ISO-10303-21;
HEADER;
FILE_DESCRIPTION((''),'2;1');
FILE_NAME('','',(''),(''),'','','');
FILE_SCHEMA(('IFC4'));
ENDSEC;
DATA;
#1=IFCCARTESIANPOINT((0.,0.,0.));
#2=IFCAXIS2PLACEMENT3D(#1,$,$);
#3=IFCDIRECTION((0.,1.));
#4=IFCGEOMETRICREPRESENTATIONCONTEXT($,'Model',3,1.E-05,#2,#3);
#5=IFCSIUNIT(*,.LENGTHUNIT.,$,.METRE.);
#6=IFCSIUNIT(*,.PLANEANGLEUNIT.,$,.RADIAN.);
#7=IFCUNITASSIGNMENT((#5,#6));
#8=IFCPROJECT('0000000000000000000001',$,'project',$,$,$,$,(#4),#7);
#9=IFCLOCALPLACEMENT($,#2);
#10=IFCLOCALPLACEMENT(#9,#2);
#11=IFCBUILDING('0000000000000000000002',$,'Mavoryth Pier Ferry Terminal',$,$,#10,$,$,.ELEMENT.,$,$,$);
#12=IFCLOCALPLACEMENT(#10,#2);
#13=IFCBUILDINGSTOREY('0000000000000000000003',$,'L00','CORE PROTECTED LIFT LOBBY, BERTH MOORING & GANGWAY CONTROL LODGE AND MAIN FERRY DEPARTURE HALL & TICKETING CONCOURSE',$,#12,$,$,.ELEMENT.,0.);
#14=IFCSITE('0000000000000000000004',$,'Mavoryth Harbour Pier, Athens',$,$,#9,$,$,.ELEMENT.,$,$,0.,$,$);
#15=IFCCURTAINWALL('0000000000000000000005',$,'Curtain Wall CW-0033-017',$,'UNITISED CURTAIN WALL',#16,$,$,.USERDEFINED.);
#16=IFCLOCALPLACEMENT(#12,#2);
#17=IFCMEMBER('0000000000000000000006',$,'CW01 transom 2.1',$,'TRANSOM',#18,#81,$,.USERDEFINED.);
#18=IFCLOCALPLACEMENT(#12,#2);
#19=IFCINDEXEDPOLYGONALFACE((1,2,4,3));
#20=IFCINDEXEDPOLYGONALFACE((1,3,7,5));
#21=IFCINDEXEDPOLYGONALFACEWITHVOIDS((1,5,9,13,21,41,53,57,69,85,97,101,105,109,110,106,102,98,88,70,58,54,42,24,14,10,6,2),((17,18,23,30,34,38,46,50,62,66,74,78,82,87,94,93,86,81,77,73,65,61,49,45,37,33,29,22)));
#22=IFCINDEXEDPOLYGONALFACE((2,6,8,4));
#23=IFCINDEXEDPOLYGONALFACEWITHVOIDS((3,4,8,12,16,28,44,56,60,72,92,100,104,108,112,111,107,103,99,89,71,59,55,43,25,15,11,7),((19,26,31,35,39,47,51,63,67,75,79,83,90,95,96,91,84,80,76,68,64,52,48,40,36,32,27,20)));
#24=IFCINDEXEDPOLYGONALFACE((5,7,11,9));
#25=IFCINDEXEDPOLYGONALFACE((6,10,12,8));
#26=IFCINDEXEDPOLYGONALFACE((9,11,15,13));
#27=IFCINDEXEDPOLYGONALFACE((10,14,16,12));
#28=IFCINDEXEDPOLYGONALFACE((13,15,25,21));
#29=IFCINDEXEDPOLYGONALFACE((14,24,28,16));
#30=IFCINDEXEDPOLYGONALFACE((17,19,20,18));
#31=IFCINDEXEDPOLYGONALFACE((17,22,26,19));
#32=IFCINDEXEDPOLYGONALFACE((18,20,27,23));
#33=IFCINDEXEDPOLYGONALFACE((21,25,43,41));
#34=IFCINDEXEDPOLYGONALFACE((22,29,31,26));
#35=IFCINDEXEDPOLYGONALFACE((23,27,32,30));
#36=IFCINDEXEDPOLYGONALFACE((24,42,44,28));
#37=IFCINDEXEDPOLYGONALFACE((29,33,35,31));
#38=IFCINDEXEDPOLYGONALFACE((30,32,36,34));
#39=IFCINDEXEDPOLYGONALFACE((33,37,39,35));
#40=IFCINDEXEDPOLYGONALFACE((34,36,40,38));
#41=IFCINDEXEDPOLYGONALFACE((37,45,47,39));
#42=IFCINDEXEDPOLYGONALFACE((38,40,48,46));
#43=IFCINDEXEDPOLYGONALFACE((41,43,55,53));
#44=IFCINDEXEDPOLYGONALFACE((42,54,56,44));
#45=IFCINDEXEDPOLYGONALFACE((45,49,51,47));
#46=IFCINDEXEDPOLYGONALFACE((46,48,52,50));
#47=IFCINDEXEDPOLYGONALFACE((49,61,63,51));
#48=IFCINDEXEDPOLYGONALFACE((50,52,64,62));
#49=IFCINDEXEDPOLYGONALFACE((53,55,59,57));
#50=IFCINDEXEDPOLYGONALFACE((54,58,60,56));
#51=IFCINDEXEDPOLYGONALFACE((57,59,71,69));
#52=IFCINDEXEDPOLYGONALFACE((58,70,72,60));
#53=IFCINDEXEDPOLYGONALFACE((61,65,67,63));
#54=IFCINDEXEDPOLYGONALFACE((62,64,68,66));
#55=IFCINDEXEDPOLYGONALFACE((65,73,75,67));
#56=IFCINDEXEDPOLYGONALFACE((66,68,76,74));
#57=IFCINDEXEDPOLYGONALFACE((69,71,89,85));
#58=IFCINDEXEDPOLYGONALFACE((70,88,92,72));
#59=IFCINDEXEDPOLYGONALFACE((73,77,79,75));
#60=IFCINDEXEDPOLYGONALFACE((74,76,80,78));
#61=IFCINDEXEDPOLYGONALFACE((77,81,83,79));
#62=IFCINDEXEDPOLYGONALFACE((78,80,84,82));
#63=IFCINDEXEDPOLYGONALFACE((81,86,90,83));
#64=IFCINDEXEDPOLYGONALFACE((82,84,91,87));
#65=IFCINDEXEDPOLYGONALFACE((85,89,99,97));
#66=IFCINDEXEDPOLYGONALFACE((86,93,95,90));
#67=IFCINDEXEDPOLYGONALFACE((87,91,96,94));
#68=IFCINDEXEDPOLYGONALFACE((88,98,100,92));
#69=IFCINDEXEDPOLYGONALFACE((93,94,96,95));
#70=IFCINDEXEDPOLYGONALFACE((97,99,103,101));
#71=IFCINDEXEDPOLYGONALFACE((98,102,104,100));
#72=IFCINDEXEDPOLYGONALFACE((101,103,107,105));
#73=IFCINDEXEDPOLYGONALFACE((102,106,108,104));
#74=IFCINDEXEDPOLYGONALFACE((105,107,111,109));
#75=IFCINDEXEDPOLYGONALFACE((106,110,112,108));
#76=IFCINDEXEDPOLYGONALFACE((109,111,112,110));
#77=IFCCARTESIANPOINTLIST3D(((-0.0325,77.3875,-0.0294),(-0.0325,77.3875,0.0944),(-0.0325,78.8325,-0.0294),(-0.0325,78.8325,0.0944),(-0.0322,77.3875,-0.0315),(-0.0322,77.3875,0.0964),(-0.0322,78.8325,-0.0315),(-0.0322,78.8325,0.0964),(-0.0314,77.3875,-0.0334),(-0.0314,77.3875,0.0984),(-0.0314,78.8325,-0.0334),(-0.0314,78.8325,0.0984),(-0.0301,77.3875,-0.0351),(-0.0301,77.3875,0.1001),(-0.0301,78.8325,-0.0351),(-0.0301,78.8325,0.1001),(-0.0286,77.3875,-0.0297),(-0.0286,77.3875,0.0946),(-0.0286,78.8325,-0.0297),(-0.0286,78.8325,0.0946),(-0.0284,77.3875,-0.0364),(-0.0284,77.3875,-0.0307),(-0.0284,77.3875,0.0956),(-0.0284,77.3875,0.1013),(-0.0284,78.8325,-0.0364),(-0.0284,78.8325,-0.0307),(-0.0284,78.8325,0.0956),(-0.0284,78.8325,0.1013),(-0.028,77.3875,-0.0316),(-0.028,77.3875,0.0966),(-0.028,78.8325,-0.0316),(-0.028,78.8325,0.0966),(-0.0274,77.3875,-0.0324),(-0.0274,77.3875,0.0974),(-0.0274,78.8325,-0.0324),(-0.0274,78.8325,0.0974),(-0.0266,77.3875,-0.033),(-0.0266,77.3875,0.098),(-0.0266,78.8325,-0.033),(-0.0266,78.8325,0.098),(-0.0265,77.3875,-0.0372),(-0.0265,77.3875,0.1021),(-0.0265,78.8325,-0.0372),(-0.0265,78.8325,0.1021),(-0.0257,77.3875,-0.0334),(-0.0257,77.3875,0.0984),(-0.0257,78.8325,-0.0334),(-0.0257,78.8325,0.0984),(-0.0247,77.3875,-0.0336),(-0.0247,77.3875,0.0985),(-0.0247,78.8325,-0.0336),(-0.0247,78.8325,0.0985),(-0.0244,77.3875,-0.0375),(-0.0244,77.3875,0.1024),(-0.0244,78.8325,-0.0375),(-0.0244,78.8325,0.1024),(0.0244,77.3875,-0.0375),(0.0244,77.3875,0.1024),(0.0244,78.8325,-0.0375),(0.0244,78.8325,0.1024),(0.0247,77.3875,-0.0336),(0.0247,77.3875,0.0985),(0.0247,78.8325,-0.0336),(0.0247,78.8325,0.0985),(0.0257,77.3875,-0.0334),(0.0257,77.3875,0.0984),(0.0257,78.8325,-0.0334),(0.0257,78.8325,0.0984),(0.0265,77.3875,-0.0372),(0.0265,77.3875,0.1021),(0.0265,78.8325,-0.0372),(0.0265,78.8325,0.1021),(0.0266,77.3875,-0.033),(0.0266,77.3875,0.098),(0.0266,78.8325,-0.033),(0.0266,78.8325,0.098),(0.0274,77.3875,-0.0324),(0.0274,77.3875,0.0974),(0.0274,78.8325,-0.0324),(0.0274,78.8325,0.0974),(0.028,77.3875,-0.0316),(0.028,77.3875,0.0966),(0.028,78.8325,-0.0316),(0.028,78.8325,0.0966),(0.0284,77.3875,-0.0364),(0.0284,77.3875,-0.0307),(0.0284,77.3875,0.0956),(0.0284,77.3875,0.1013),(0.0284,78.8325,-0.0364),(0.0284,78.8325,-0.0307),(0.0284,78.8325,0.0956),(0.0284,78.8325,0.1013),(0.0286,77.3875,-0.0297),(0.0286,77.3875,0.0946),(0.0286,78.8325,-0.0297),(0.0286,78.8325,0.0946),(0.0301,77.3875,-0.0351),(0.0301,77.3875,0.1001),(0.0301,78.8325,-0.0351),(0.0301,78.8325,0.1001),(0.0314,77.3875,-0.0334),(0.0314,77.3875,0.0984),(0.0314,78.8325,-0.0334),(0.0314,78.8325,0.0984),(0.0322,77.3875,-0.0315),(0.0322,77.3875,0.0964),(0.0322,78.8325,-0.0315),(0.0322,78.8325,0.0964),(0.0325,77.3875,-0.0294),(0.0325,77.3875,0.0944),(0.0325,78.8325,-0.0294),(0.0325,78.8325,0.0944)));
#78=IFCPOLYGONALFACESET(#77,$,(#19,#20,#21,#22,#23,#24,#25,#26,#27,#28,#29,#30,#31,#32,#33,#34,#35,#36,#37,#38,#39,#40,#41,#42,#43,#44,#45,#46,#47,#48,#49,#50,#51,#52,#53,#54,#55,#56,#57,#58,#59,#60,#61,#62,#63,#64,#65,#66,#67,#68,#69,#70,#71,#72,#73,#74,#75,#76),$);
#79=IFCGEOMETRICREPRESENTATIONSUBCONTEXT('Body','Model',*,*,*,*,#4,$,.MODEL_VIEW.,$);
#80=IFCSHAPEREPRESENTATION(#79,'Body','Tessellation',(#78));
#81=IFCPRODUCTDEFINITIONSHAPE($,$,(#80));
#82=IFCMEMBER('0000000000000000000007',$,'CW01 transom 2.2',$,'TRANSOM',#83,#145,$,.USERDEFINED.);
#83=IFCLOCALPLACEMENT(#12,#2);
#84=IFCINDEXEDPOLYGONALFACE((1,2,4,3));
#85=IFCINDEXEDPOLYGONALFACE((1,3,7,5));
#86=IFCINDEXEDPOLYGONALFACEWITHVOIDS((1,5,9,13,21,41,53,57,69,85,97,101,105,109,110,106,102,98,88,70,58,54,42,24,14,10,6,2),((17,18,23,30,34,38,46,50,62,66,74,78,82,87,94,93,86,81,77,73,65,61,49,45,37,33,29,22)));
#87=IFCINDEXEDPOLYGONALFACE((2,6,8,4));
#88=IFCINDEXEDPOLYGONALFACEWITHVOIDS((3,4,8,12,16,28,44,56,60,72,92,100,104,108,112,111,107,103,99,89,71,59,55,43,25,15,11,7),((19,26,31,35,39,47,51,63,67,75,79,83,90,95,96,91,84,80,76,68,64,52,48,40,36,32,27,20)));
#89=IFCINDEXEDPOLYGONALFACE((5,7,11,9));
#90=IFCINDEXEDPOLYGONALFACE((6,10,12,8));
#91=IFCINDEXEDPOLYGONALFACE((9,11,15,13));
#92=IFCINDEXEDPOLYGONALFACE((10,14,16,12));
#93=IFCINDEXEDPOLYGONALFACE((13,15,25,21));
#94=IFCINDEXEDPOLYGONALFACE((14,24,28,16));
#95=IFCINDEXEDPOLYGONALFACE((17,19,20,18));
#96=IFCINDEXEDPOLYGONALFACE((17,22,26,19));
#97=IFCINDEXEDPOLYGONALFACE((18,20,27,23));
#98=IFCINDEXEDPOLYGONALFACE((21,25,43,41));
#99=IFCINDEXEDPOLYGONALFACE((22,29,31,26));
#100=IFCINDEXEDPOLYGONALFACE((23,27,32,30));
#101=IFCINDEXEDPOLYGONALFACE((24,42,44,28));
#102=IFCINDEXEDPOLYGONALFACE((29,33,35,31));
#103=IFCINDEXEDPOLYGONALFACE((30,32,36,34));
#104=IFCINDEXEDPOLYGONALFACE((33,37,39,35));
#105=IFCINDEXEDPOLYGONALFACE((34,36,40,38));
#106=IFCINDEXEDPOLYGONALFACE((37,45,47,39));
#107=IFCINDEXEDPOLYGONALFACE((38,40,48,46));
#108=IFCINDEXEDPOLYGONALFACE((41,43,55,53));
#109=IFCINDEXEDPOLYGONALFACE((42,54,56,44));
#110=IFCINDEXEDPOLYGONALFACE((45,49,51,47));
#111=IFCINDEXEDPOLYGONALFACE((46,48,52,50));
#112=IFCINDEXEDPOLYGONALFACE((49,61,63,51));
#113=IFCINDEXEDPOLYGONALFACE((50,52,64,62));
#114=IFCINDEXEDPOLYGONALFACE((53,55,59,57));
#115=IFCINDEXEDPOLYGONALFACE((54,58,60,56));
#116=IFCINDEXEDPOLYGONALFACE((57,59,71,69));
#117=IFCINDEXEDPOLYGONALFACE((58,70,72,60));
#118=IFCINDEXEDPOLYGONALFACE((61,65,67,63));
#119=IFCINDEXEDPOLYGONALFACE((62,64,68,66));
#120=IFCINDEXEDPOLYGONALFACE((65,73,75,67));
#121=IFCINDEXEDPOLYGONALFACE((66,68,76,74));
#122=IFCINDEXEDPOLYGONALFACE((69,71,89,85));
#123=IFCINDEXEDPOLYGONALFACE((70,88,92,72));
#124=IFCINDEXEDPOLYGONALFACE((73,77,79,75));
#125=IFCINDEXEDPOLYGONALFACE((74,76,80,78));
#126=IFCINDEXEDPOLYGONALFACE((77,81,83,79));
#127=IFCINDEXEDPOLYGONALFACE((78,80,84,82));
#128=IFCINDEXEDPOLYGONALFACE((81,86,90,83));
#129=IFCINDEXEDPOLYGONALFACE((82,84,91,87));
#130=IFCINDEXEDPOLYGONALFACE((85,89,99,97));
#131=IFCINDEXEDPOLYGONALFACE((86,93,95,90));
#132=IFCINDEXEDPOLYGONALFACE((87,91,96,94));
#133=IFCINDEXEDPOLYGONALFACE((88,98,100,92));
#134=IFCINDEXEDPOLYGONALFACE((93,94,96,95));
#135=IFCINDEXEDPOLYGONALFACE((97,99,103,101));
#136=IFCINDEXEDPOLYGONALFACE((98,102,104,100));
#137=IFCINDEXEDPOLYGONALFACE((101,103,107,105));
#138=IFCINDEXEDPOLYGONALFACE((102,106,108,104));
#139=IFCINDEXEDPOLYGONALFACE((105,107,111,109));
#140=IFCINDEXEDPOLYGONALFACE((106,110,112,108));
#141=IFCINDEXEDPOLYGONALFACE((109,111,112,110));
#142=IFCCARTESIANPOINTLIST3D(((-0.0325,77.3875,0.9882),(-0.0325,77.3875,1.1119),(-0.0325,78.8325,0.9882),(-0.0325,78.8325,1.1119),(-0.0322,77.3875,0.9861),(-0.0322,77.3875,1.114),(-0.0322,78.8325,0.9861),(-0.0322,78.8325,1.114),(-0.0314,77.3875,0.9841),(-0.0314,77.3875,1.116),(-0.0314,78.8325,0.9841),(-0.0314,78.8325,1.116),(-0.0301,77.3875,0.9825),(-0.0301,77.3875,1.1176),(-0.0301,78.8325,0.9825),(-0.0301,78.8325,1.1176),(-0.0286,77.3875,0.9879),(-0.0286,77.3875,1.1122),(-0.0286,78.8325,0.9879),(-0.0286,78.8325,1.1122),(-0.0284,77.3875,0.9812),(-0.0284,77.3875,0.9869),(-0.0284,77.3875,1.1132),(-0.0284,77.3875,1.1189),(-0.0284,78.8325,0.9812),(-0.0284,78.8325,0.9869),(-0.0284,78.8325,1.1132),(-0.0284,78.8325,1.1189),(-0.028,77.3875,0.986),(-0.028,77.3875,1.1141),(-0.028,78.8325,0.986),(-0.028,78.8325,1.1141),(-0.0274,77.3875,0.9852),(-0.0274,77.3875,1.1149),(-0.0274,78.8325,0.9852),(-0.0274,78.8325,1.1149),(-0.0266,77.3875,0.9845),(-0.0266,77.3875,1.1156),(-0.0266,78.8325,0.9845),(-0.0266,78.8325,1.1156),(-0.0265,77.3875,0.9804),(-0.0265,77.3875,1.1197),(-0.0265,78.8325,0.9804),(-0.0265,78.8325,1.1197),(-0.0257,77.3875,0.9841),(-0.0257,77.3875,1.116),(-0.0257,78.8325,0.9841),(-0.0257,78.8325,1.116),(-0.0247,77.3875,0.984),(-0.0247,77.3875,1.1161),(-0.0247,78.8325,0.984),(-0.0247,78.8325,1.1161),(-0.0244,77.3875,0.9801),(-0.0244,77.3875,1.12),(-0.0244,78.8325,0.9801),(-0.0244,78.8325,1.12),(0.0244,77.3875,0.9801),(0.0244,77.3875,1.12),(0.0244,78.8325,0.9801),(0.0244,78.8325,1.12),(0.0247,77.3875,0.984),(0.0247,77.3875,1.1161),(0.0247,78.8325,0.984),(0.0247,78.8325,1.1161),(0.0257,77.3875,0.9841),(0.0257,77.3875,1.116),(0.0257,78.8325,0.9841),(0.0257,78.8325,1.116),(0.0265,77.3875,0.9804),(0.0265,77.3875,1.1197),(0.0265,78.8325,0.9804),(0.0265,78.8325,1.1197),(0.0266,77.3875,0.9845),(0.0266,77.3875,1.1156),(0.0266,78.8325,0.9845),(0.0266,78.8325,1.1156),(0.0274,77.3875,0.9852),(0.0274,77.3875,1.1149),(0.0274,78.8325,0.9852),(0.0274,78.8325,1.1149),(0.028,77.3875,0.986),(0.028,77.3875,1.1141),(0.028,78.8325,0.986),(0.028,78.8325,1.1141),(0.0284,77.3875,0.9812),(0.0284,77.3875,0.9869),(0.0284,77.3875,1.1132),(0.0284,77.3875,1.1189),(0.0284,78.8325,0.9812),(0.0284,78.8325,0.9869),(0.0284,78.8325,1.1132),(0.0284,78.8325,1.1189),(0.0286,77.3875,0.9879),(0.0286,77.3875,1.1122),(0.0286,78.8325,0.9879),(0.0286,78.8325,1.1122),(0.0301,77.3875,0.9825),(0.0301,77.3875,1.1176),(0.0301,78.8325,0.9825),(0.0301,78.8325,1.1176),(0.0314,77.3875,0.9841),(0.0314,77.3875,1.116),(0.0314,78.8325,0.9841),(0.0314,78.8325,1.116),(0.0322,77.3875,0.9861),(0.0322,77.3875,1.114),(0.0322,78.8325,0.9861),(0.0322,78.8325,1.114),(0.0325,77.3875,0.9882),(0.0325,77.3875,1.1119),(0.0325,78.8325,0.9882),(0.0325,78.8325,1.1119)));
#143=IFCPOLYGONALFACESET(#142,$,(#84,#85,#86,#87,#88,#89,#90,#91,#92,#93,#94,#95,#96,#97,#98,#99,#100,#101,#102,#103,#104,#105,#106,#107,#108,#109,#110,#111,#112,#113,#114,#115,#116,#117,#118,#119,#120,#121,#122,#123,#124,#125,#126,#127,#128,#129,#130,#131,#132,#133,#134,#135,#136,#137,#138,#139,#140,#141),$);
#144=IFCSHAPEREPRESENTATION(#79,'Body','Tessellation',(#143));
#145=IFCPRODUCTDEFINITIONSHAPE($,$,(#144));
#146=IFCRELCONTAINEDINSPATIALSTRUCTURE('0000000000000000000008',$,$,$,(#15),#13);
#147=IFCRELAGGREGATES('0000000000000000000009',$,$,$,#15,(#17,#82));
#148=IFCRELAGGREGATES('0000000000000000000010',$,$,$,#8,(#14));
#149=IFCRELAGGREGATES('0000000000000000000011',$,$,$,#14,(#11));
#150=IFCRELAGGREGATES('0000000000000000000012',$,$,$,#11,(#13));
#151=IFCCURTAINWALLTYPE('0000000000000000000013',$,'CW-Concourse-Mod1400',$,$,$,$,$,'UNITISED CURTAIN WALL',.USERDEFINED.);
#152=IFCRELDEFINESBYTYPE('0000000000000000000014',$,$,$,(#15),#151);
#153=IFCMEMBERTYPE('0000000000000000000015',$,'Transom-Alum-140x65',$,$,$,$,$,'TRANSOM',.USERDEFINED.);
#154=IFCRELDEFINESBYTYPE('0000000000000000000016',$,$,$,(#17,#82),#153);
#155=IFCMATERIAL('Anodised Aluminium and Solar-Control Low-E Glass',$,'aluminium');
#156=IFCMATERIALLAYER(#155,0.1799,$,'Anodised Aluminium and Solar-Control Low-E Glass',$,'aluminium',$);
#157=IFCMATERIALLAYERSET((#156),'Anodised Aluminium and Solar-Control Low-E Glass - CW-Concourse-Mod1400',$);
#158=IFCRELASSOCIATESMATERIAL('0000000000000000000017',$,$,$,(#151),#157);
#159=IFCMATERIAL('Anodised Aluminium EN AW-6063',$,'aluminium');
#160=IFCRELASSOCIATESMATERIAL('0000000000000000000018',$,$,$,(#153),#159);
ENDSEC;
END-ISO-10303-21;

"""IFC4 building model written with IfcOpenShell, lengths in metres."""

from ifc_helpers import new_model, si_unit, direction, frame, origin, origin_2d, place, context, subcontext, project, spatial, hollow_rectangle, extrude, material, layer, layer_set, material_profile, profile_set, type_object, element, aggregate, save


model = new_model("IFC4")

# Units and contexts
model_context = context("Model", 3, precision=1e-05, world=origin(), true_north=direction((0.0, 1.0)))
body_context = subcontext(model_context, "Body", "Model", "MODEL_VIEW")
ifc_project = project(units=[si_unit("LENGTHUNIT", "METRE"), si_unit("PLANEANGLEUNIT", "RADIAN")], contexts=[model_context])

# Site, building, storey
site_placement = place(None, origin())
site = spatial("IfcSite", under=ifc_project, at=site_placement, Name="Mavoryth Harbour Pier, Athens", CompositionType="ELEMENT", RefElevation=0.0)
building_placement = place(site_placement, origin())
building = spatial("IfcBuilding", under=site, at=building_placement, Name="Mavoryth Pier Ferry Terminal", CompositionType="ELEMENT")
storey_placement = place(building_placement, origin())
storey = spatial("IfcBuildingStorey", under=building, at=storey_placement, Name="L00", Description="CORE PROTECTED LIFT LOBBY, BERTH MOORING & GANGWAY CONTROL LODGE AND MAIN FERRY DEPARTURE HALL & TICKETING CONCOURSE", CompositionType="ELEMENT", Elevation=0.0)

# Curtain wall, members
ifc_material_1 = material(Name="Anodised Aluminium and Solar-Control Low-E Glass", Category="aluminium")
ifc_layer_1 = layer(ifc_material_1, 0.1799, Name="Anodised Aluminium and Solar-Control Low-E Glass", Category="aluminium")
ifc_layer_set_1 = layer_set([ifc_layer_1], Name="Anodised Aluminium and Solar-Control Low-E Glass - CW-Concourse-Mod1400")
curtain_wall_type = type_object("IfcCurtainWallType", Name="CW-Concourse-Mod1400", ElementType="UNITISED CURTAIN WALL", PredefinedType="USERDEFINED", material=ifc_layer_set_1)
curtain_wall_placement = place(storey_placement, origin())
curtain_wall = element("IfcCurtainWall", 1, at=curtain_wall_placement, inside=storey, type_object=curtain_wall_type, Name="Curtain Wall CW-0033-017", ObjectType="UNITISED CURTAIN WALL", PredefinedType="USERDEFINED")
ifc_material_2 = material(Name="Anodised Aluminium EN AW-6063", Category="aluminium")
ifc_material_profile_1 = material_profile(ifc_material_2, hollow_rectangle(XDim=0.0649, YDim=0.1399, WallThickness=0.0039, InnerFilletRadius=0.0039, OuterFilletRadius=0.0081, at=origin_2d()), Name="AL-TRAN 140x65x4", Category="aluminium")
ifc_profile_set_1 = profile_set([ifc_material_profile_1], Name="Anodised Aluminium EN AW-6063 - AL-TRAN 140x65x4")
member_type_1 = type_object("IfcMemberType", Name="Transom-Alum-140x65", ElementType="TRANSOM", PredefinedType="USERDEFINED", material=ifc_profile_set_1)
member_1_placement = place(storey_placement, frame((0.0, 78.8325, 0.0325), z_axis=(0.0, -1.0, 0.0), x_axis=(1.0, 0.0, 0.0)))
member_1 = element("IfcMember", 2, at=member_1_placement, type_object=member_type_1, Name="CW01 transom 2.1", ObjectType="TRANSOM", PredefinedType="USERDEFINED", context=body_context, shape_type="SweptSolid", body=[
    extrude(hollow_rectangle(XDim=0.0649, YDim=0.1399, WallThickness=0.0039, InnerFilletRadius=0.0039, OuterFilletRadius=0.0081, at=origin_2d()), origin(), (0.0, 0.0, 1.0), 1.4451),
])
member_2_placement = place(storey_placement, frame((0.0, 78.8325, 1.05), z_axis=(0.0, -1.0, 0.0), x_axis=(1.0, 0.0, 0.0)))
member_2 = element("IfcMember", 3, at=member_2_placement, type_object=member_type_1, Name="CW01 transom 2.2", ObjectType="TRANSOM", PredefinedType="USERDEFINED", context=body_context, shape_type="SweptSolid", body=[
    extrude(hollow_rectangle(XDim=0.0649, YDim=0.1399, WallThickness=0.0039, InnerFilletRadius=0.0039, OuterFilletRadius=0.0081, at=origin_2d()), origin(), (0.0, 0.0, 1.0), 1.4451),
])
aggregate(curtain_wall, [member_1, member_2])

save(model, "model.ifc")
